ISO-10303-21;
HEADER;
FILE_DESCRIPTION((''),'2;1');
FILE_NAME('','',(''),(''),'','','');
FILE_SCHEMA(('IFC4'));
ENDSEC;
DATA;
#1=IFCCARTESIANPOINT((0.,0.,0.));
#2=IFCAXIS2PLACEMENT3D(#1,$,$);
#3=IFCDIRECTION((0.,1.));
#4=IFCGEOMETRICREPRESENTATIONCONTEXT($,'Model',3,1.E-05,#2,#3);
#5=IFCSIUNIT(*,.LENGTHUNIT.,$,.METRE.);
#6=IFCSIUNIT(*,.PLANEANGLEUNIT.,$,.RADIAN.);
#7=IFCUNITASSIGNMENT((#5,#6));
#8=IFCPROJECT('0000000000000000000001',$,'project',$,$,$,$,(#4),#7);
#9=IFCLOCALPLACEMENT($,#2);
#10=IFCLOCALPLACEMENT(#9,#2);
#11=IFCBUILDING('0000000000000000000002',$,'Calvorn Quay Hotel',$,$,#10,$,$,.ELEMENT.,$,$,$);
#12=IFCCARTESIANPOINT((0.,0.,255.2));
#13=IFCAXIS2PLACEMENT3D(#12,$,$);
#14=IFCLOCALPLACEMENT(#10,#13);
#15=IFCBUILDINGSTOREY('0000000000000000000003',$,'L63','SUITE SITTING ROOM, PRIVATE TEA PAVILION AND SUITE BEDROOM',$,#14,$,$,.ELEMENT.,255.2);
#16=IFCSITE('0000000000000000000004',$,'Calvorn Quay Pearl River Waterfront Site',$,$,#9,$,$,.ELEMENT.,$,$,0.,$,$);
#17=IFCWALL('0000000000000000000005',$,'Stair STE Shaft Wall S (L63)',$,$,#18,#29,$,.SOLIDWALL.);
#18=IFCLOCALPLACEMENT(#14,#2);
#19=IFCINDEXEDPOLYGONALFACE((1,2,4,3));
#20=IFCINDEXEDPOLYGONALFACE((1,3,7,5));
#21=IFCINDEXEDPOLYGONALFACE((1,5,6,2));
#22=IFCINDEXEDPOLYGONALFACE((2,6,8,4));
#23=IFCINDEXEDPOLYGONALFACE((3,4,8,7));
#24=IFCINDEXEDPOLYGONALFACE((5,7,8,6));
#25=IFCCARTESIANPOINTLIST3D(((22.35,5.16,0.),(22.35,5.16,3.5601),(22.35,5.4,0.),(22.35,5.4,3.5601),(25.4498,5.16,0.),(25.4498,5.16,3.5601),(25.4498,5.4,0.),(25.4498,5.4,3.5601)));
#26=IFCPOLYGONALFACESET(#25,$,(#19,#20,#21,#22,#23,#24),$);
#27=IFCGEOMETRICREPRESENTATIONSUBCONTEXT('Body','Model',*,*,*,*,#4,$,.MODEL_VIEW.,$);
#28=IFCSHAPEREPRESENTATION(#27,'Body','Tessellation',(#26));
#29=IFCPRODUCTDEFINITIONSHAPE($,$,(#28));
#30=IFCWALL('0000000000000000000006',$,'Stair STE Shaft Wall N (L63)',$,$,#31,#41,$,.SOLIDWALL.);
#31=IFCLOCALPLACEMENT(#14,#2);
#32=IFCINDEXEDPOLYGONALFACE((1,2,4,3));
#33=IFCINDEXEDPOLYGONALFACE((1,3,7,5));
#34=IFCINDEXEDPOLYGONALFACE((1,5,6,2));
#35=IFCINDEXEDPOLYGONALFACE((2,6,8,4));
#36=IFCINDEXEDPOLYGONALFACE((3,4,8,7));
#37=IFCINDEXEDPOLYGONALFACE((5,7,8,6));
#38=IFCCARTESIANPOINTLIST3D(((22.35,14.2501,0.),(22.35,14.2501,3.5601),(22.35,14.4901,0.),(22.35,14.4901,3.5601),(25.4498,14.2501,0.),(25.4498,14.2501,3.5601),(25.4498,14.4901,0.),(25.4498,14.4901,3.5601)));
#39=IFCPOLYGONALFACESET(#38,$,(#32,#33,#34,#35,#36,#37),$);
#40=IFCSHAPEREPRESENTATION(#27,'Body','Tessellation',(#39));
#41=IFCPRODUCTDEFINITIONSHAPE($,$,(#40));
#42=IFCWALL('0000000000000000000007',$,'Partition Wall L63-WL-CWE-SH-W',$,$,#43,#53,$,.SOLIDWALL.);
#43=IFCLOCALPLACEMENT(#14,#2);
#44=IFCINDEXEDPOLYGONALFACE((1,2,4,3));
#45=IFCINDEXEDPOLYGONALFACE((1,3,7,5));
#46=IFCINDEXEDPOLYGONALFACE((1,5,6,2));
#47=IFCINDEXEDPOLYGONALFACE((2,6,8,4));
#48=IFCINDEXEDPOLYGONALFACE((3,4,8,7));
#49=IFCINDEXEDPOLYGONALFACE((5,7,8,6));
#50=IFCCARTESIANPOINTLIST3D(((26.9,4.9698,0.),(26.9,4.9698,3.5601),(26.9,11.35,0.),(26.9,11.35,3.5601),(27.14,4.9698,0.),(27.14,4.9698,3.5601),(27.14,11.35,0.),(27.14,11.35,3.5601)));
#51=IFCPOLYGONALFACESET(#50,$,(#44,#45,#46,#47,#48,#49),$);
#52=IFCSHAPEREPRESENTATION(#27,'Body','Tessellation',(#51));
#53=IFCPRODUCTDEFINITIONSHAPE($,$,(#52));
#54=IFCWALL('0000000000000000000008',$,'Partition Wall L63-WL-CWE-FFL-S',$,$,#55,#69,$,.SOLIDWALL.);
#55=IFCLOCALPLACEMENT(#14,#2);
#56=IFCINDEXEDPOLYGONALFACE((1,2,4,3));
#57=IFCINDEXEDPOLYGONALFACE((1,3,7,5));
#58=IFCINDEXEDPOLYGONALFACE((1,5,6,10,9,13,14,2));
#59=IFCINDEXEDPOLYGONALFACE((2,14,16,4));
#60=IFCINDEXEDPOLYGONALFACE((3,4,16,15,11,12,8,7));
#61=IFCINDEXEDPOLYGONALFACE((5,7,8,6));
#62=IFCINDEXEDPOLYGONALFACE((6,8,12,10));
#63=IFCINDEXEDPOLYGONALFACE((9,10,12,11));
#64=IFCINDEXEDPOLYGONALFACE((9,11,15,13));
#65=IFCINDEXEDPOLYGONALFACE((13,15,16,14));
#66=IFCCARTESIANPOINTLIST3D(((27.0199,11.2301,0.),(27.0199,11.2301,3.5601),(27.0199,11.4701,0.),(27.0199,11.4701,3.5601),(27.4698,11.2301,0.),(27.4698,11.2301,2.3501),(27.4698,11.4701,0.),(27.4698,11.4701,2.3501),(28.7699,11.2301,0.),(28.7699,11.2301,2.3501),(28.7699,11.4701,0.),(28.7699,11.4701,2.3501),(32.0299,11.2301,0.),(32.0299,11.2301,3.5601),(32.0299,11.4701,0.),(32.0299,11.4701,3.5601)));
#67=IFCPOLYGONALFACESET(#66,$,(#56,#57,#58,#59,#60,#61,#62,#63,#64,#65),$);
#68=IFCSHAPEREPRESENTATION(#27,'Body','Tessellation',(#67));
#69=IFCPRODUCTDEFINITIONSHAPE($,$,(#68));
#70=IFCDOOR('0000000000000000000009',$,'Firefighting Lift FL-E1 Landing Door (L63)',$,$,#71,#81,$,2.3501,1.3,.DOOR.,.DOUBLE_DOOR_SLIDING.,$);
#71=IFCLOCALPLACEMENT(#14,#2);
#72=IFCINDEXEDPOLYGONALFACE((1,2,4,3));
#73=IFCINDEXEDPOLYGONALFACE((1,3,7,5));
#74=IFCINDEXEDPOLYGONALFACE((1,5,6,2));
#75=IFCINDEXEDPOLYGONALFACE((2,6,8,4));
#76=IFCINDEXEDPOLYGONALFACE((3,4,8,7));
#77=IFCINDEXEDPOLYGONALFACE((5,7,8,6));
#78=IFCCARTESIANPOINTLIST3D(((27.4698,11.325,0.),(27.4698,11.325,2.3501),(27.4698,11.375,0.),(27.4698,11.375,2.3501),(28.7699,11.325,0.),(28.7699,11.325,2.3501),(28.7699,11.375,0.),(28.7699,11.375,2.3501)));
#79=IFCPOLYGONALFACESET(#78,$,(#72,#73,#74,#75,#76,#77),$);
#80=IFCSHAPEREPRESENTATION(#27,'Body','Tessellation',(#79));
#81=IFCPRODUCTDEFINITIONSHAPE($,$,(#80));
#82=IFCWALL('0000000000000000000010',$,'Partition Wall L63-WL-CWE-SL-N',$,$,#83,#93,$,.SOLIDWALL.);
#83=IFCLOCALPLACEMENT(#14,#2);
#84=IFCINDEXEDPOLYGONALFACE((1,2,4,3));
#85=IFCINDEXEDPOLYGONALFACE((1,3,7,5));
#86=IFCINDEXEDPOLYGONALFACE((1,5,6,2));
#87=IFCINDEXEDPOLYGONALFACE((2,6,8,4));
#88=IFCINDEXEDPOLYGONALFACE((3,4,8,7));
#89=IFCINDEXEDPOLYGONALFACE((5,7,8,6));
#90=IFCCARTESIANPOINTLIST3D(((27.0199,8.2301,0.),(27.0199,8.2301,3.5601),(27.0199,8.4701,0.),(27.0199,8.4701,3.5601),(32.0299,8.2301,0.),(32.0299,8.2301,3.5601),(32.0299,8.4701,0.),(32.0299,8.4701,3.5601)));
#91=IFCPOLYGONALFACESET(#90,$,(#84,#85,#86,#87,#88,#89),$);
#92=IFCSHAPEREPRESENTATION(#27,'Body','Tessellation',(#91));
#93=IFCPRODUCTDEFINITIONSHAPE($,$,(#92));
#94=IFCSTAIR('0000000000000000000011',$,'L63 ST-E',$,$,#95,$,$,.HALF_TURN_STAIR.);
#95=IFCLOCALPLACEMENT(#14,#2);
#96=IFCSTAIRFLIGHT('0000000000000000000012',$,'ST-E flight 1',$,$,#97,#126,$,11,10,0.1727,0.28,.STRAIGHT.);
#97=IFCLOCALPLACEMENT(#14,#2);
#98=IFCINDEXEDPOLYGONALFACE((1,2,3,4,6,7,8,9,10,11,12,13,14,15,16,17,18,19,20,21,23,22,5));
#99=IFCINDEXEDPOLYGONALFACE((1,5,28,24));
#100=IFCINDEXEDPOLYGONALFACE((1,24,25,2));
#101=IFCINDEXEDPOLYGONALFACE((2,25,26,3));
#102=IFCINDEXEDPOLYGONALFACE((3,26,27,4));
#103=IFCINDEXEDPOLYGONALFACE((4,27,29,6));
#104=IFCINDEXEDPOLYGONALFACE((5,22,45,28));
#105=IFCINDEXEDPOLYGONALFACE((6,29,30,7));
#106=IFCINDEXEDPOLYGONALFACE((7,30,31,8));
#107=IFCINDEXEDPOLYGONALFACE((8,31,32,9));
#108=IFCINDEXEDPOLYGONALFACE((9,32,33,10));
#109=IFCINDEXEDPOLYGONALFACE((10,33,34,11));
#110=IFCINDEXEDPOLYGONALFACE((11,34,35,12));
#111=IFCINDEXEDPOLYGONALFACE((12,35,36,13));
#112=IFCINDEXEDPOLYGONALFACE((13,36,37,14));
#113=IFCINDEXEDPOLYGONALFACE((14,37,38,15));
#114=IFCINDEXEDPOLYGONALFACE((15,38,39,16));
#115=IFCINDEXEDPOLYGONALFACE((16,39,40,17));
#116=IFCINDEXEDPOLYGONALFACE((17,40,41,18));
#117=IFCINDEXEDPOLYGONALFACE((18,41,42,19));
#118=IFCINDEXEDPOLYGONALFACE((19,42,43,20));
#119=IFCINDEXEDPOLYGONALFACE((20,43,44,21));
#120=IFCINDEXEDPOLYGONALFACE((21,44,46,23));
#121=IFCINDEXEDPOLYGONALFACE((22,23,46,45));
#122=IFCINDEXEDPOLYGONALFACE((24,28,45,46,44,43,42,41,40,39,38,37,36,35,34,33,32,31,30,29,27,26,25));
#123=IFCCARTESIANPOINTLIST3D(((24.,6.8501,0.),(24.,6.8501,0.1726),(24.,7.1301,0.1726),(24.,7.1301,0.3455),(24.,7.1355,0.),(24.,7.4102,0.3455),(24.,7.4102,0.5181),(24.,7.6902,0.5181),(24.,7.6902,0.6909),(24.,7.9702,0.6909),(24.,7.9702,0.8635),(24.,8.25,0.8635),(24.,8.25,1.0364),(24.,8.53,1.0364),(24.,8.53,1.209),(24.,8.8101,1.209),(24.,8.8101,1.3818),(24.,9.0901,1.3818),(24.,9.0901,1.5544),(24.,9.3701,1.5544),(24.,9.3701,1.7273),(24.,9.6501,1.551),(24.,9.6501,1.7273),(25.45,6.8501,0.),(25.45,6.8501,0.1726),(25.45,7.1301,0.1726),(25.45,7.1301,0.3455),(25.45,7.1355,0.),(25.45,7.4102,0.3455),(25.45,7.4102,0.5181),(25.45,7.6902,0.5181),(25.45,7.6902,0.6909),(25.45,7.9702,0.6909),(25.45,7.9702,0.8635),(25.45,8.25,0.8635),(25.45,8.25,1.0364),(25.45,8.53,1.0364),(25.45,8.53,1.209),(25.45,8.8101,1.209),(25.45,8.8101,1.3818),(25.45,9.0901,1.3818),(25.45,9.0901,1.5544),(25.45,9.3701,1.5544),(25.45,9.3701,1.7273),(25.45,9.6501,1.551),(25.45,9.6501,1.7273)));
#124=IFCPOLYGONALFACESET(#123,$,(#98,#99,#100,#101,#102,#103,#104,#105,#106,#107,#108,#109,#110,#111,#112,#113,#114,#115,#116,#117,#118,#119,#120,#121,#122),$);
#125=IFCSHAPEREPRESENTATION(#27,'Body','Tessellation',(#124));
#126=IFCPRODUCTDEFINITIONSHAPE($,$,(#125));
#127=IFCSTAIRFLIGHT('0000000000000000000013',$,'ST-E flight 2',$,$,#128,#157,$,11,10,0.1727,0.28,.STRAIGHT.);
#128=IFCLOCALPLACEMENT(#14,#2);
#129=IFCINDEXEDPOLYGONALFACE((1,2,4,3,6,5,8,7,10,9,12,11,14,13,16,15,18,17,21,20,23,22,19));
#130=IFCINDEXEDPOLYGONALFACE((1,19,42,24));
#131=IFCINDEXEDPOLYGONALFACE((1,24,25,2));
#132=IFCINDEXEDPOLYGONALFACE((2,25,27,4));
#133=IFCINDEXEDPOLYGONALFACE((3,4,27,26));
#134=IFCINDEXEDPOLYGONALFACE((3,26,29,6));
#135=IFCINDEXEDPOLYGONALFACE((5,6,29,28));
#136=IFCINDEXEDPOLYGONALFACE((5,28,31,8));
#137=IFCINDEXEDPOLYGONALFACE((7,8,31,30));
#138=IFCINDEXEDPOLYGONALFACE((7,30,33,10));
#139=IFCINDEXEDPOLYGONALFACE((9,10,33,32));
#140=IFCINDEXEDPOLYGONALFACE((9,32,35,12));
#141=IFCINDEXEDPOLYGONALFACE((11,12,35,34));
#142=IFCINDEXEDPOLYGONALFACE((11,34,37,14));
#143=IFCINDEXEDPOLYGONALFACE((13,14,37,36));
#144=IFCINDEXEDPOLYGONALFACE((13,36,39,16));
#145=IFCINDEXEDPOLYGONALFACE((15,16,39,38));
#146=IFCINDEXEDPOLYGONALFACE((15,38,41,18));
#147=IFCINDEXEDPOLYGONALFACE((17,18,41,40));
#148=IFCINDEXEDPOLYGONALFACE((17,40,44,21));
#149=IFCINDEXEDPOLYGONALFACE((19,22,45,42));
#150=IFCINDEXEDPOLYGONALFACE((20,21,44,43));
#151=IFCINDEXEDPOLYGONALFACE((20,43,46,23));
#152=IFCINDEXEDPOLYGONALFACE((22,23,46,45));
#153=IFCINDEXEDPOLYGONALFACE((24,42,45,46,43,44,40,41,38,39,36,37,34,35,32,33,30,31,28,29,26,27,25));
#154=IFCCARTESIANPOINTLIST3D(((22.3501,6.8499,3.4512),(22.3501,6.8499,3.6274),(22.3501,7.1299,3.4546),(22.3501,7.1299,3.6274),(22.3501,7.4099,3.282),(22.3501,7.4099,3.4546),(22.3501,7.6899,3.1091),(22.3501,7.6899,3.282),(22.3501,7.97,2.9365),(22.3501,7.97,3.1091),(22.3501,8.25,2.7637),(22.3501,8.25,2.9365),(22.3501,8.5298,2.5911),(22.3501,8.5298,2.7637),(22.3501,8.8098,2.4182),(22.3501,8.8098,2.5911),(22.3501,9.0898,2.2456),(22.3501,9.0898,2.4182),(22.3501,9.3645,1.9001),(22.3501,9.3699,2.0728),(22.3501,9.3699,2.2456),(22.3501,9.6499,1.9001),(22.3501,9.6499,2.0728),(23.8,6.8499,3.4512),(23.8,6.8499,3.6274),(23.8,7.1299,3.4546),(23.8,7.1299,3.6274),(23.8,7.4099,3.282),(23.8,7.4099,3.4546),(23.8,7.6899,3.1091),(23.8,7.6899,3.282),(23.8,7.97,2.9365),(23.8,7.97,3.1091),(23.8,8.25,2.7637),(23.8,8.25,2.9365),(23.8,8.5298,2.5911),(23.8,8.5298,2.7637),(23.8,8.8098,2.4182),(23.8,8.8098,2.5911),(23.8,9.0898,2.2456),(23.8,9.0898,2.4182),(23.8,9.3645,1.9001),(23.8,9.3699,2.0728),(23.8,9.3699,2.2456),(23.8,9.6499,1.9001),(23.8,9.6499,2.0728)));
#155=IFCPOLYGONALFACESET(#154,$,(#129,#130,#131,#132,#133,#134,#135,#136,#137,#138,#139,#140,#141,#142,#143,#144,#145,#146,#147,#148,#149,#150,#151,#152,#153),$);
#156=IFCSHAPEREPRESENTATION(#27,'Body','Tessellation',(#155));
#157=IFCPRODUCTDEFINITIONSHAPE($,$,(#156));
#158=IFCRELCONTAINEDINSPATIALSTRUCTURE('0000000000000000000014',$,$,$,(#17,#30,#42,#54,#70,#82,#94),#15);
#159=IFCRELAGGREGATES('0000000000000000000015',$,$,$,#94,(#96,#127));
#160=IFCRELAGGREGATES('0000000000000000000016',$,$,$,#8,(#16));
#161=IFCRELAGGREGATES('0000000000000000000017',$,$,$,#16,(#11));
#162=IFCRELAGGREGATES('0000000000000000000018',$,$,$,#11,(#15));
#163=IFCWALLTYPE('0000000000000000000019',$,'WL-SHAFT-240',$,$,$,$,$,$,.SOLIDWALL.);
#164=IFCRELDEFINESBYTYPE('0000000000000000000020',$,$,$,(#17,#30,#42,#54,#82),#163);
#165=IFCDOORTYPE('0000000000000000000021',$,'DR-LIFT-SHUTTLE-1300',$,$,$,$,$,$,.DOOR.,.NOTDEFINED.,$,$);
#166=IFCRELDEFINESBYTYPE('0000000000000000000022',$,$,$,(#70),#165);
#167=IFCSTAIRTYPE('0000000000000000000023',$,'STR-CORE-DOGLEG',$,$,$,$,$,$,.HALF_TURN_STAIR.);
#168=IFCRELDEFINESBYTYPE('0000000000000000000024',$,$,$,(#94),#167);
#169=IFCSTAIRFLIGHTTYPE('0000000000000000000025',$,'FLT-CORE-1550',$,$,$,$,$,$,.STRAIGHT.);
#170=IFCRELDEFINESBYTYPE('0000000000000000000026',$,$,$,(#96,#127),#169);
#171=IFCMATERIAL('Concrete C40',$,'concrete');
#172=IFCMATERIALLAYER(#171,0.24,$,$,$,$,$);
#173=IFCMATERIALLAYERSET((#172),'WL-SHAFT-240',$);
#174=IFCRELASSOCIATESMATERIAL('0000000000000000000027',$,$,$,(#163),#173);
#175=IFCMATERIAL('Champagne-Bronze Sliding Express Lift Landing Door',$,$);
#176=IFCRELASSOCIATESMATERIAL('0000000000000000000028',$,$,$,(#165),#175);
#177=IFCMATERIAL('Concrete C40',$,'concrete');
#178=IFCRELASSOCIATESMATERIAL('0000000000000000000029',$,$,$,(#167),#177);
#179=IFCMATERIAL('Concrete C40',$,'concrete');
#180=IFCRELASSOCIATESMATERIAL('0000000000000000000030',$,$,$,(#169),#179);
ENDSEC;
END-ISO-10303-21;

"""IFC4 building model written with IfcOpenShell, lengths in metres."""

from ifc_helpers import new_model, si_unit, direction, frame, frame_2d, origin, place, context, subcontext, project, spatial, polyline, rectangle, outline, extrude, material, layer, layer_set, type_object, element, fill, aggregate, save


model = new_model("IFC4")

# Units and contexts
model_context = context("Model", 3, precision=1e-05, world=origin(), true_north=direction((0.0, 1.0)))
body_context = subcontext(model_context, "Body", "Model", "MODEL_VIEW")
ifc_project = project(units=[si_unit("LENGTHUNIT", "METRE"), si_unit("PLANEANGLEUNIT", "RADIAN")], contexts=[model_context])

# Site, building, storey
site_placement = place(None, origin())
site = spatial("IfcSite", under=ifc_project, at=site_placement, Name="Calvorn Quay Pearl River Waterfront Site", CompositionType="ELEMENT", RefElevation=0.0)
building_placement = place(site_placement, origin())
building = spatial("IfcBuilding", under=site, at=building_placement, Name="Calvorn Quay Hotel", CompositionType="ELEMENT")
storey_placement = place(building_placement, frame((0.0, 0.0, 255.2)))
storey = spatial("IfcBuildingStorey", under=building, at=storey_placement, Name="L63", Description="SUITE SITTING ROOM, PRIVATE TEA PAVILION AND SUITE BEDROOM", CompositionType="ELEMENT", Elevation=255.2)

# Shared definitions
ifc_material_1 = material(Name="Concrete C40", Category="concrete")
ifc_layer_1 = layer(ifc_material_1, 0.24)
ifc_layer_set_1 = layer_set([ifc_layer_1], Name="WL-SHAFT-240")
wall_type_1 = type_object("IfcWallType", Name="WL-SHAFT-240", PredefinedType="SOLIDWALL", material=ifc_layer_set_1)

# Walls
for number, where, z_axis, x_axis, name in (
    (1, (22.3501, 5.28, 0.0), (0.0, 0.0, 1.0), (1.0, 0.0, 0.0), "Stair STE Shaft Wall S (L63)"),
    (2, (22.3501, 14.3701, 0.0), (0.0, 0.0, 1.0), (1.0, 0.0, 0.0), "Stair STE Shaft Wall N (L63)"),
):
    element("IfcWall", number, at=place(storey_placement, frame(where, z_axis=z_axis, x_axis=x_axis)), inside=storey, type_object=wall_type_1, Name=name, PredefinedType="SOLIDWALL", context=body_context, shape_type="SweptSolid", body=[
        extrude(rectangle(XDim=3.0999, YDim=0.24, at=frame_2d((1.5498, 0.0))), origin(), (0.0, 0.0, 1.0), 3.5601),
    ])
wall_1_placement = place(storey_placement, frame((27.02, 4.97, 0.0), z_axis=(0.0, 0.0, 1.0), x_axis=(0.0, 1.0, 0.0)))
element("IfcWall", 3, at=wall_1_placement, inside=storey, type_object=wall_type_1, Name="Partition Wall L63-WL-CWE-SH-W", PredefinedType="SOLIDWALL", context=body_context, shape_type="SweptSolid", body=[
    extrude(rectangle(XDim=6.3801, YDim=0.24, at=frame_2d((3.1899, 0.0))), origin(), (0.0, 0.0, 1.0), 3.5601),
])

# Wall, opening, door
wall_2_placement = place(storey_placement, frame((27.02, 11.3501, 0.0), z_axis=(0.0, 0.0, 1.0), x_axis=(1.0, 0.0, 0.0)))
wall_2 = element("IfcWall", 4, at=wall_2_placement, inside=storey, type_object=wall_type_1, Name="Partition Wall L63-WL-CWE-FFL-S", PredefinedType="SOLIDWALL", context=body_context, shape_type="SweptSolid", body=[
    extrude(rectangle(XDim=5.01, YDim=0.24, at=frame_2d((2.5049, 0.0))), origin(), (0.0, 0.0, 1.0), 3.5601),
])
opening_1_placement = place(wall_2_placement, frame((0.45, 0.0, 0.0)))
opening_1 = element("IfcOpeningElement", 5, at=opening_1_placement, cuts=wall_2, PredefinedType="OPENING", context=body_context, shape_type="SweptSolid", body=[
    extrude(rectangle(XDim=1.3, YDim=2.3501, at=frame_2d((0.6499, 1.175))), frame((0.0, 0.1299, 0.0), z_axis=(0.0, -1.0, 0.0), x_axis=(1.0, 0.0, 0.0)), (0.0, 0.0, 1.0), 0.26),
])
ifc_material_2 = material(Name="Champagne-Bronze Sliding Express Lift Landing Door")
door_type_1 = type_object("IfcDoorType", Name="DR-LIFT-SHUTTLE-1300", OperationType="NOTDEFINED", PredefinedType="DOOR", material=ifc_material_2)
door_1_placement = place(opening_1_placement, origin())
door_1 = element("IfcDoor", 6, at=door_1_placement, inside=storey, type_object=door_type_1, Name="Firefighting Lift FL-E1 Landing Door (L63)", OperationType="DOUBLE_DOOR_SLIDING", OverallHeight=2.3501, OverallWidth=1.3, PredefinedType="DOOR", context=body_context, shape_type="SweptSolid", body=[
    extrude(rectangle(XDim=1.3, YDim=2.3501, at=frame_2d((0.6499, 1.175))), frame((0.0, 0.0249, 0.0), z_axis=(0.0, -1.0, 0.0), x_axis=(1.0, 0.0, 0.0)), (0.0, 0.0, 1.0), 0.05),
])
fill(opening_1, door_1)

# Wall
wall_3_placement = place(storey_placement, frame((27.02, 8.3501, 0.0), z_axis=(0.0, 0.0, 1.0), x_axis=(1.0, 0.0, 0.0)))
element("IfcWall", 7, at=wall_3_placement, inside=storey, type_object=wall_type_1, Name="Partition Wall L63-WL-CWE-SL-N", PredefinedType="SOLIDWALL", context=body_context, shape_type="SweptSolid", body=[
    extrude(rectangle(XDim=5.01, YDim=0.24, at=frame_2d((2.5049, 0.0))), origin(), (0.0, 0.0, 1.0), 3.5601),
])

# Stair, stair flights
ifc_material_3 = material(Name="Concrete C40", Category="concrete")
stair_type = type_object("IfcStairType", Name="STR-CORE-DOGLEG", PredefinedType="HALF_TURN_STAIR", material=ifc_material_3)
stair_placement = place(storey_placement, origin())
stair = element("IfcStair", 8, at=stair_placement, inside=storey, type_object=stair_type, Name="L63 ST-E", PredefinedType="HALF_TURN_STAIR")
ifc_material_4 = material(Name="Concrete C40", Category="concrete")
stair_flight_type = type_object("IfcStairFlightType", Name="FLT-CORE-1550", PredefinedType="STRAIGHT", material=ifc_material_4)
stair_flight_1_placement = place(storey_placement, frame((24.7251, 6.8501, 0.0), z_axis=(0.0, 0.0, 1.0), x_axis=(0.0, 1.0, 0.0)))
stair_flight_1 = element("IfcStairFlight", 9, at=stair_flight_1_placement, type_object=stair_flight_type, Name="ST-E flight 1", NumberOfRisers=11, NumberOfTreads=10, PredefinedType="STRAIGHT", RiserHeight=0.1727, TreadLength=0.28, context=body_context, shape_type="SweptSolid", body=[
    extrude(outline(polyline([(0.0, 0.0), (0.0, 0.1726), (0.28, 0.1726), (0.28, 0.3455), (0.5601, 0.3455), (0.5601, 0.5181), (0.8401, 0.5181), (0.8401, 0.6909), (1.1201, 0.6909), (1.1201, 0.8635), (1.3999, 0.8635), (1.3999, 1.0364), (1.6799, 1.0364), (1.6799, 1.209), (1.96, 1.209), (1.96, 1.3818), (2.24, 1.3818), (2.24, 1.5544), (2.52, 1.5544), (2.52, 1.7273), (2.8, 1.7273), (2.8, 1.8999), (2.8, 1.551), (0.2854, 0.0), (0.0, 0.0)])), frame((0.0, 0.7251, 0.0), z_axis=(0.0, -1.0, 0.0), x_axis=(1.0, 0.0, 0.0)), (0.0, 0.0, 1.0), 1.45),
])
stair_flight_2_placement = place(storey_placement, frame((23.075, 9.6499, 1.9001), z_axis=(0.0, 0.0, 1.0), x_axis=(0.0, -1.0, 0.0)))
stair_flight_2 = element("IfcStairFlight", 10, at=stair_flight_2_placement, type_object=stair_flight_type, Name="ST-E flight 2", NumberOfRisers=11, NumberOfTreads=10, PredefinedType="STRAIGHT", RiserHeight=0.1727, TreadLength=0.28, context=body_context, shape_type="SweptSolid", body=[
    extrude(outline(polyline([(0.0, 0.0), (0.0, 0.1726), (0.28, 0.1726), (0.28, 0.3455), (0.5601, 0.3455), (0.5601, 0.5181), (0.8401, 0.5181), (0.8401, 0.6909), (1.1201, 0.6909), (1.1201, 0.8635), (1.3999, 0.8635), (1.3999, 1.0364), (1.6799, 1.0364), (1.6799, 1.209), (1.96, 1.209), (1.96, 1.3818), (2.24, 1.3818), (2.24, 1.5544), (2.52, 1.5544), (2.52, 1.7273), (2.8, 1.7273), (2.8, 1.8999), (2.8, 1.551), (0.2854, 0.0), (0.0, 0.0)])), frame((0.0, 0.7251, 0.0), z_axis=(0.0, -1.0, 0.0), x_axis=(1.0, 0.0, 0.0)), (0.0, 0.0, 1.0), 1.45),
])
aggregate(stair, [stair_flight_1, stair_flight_2])

save(model, "model.ifc")
